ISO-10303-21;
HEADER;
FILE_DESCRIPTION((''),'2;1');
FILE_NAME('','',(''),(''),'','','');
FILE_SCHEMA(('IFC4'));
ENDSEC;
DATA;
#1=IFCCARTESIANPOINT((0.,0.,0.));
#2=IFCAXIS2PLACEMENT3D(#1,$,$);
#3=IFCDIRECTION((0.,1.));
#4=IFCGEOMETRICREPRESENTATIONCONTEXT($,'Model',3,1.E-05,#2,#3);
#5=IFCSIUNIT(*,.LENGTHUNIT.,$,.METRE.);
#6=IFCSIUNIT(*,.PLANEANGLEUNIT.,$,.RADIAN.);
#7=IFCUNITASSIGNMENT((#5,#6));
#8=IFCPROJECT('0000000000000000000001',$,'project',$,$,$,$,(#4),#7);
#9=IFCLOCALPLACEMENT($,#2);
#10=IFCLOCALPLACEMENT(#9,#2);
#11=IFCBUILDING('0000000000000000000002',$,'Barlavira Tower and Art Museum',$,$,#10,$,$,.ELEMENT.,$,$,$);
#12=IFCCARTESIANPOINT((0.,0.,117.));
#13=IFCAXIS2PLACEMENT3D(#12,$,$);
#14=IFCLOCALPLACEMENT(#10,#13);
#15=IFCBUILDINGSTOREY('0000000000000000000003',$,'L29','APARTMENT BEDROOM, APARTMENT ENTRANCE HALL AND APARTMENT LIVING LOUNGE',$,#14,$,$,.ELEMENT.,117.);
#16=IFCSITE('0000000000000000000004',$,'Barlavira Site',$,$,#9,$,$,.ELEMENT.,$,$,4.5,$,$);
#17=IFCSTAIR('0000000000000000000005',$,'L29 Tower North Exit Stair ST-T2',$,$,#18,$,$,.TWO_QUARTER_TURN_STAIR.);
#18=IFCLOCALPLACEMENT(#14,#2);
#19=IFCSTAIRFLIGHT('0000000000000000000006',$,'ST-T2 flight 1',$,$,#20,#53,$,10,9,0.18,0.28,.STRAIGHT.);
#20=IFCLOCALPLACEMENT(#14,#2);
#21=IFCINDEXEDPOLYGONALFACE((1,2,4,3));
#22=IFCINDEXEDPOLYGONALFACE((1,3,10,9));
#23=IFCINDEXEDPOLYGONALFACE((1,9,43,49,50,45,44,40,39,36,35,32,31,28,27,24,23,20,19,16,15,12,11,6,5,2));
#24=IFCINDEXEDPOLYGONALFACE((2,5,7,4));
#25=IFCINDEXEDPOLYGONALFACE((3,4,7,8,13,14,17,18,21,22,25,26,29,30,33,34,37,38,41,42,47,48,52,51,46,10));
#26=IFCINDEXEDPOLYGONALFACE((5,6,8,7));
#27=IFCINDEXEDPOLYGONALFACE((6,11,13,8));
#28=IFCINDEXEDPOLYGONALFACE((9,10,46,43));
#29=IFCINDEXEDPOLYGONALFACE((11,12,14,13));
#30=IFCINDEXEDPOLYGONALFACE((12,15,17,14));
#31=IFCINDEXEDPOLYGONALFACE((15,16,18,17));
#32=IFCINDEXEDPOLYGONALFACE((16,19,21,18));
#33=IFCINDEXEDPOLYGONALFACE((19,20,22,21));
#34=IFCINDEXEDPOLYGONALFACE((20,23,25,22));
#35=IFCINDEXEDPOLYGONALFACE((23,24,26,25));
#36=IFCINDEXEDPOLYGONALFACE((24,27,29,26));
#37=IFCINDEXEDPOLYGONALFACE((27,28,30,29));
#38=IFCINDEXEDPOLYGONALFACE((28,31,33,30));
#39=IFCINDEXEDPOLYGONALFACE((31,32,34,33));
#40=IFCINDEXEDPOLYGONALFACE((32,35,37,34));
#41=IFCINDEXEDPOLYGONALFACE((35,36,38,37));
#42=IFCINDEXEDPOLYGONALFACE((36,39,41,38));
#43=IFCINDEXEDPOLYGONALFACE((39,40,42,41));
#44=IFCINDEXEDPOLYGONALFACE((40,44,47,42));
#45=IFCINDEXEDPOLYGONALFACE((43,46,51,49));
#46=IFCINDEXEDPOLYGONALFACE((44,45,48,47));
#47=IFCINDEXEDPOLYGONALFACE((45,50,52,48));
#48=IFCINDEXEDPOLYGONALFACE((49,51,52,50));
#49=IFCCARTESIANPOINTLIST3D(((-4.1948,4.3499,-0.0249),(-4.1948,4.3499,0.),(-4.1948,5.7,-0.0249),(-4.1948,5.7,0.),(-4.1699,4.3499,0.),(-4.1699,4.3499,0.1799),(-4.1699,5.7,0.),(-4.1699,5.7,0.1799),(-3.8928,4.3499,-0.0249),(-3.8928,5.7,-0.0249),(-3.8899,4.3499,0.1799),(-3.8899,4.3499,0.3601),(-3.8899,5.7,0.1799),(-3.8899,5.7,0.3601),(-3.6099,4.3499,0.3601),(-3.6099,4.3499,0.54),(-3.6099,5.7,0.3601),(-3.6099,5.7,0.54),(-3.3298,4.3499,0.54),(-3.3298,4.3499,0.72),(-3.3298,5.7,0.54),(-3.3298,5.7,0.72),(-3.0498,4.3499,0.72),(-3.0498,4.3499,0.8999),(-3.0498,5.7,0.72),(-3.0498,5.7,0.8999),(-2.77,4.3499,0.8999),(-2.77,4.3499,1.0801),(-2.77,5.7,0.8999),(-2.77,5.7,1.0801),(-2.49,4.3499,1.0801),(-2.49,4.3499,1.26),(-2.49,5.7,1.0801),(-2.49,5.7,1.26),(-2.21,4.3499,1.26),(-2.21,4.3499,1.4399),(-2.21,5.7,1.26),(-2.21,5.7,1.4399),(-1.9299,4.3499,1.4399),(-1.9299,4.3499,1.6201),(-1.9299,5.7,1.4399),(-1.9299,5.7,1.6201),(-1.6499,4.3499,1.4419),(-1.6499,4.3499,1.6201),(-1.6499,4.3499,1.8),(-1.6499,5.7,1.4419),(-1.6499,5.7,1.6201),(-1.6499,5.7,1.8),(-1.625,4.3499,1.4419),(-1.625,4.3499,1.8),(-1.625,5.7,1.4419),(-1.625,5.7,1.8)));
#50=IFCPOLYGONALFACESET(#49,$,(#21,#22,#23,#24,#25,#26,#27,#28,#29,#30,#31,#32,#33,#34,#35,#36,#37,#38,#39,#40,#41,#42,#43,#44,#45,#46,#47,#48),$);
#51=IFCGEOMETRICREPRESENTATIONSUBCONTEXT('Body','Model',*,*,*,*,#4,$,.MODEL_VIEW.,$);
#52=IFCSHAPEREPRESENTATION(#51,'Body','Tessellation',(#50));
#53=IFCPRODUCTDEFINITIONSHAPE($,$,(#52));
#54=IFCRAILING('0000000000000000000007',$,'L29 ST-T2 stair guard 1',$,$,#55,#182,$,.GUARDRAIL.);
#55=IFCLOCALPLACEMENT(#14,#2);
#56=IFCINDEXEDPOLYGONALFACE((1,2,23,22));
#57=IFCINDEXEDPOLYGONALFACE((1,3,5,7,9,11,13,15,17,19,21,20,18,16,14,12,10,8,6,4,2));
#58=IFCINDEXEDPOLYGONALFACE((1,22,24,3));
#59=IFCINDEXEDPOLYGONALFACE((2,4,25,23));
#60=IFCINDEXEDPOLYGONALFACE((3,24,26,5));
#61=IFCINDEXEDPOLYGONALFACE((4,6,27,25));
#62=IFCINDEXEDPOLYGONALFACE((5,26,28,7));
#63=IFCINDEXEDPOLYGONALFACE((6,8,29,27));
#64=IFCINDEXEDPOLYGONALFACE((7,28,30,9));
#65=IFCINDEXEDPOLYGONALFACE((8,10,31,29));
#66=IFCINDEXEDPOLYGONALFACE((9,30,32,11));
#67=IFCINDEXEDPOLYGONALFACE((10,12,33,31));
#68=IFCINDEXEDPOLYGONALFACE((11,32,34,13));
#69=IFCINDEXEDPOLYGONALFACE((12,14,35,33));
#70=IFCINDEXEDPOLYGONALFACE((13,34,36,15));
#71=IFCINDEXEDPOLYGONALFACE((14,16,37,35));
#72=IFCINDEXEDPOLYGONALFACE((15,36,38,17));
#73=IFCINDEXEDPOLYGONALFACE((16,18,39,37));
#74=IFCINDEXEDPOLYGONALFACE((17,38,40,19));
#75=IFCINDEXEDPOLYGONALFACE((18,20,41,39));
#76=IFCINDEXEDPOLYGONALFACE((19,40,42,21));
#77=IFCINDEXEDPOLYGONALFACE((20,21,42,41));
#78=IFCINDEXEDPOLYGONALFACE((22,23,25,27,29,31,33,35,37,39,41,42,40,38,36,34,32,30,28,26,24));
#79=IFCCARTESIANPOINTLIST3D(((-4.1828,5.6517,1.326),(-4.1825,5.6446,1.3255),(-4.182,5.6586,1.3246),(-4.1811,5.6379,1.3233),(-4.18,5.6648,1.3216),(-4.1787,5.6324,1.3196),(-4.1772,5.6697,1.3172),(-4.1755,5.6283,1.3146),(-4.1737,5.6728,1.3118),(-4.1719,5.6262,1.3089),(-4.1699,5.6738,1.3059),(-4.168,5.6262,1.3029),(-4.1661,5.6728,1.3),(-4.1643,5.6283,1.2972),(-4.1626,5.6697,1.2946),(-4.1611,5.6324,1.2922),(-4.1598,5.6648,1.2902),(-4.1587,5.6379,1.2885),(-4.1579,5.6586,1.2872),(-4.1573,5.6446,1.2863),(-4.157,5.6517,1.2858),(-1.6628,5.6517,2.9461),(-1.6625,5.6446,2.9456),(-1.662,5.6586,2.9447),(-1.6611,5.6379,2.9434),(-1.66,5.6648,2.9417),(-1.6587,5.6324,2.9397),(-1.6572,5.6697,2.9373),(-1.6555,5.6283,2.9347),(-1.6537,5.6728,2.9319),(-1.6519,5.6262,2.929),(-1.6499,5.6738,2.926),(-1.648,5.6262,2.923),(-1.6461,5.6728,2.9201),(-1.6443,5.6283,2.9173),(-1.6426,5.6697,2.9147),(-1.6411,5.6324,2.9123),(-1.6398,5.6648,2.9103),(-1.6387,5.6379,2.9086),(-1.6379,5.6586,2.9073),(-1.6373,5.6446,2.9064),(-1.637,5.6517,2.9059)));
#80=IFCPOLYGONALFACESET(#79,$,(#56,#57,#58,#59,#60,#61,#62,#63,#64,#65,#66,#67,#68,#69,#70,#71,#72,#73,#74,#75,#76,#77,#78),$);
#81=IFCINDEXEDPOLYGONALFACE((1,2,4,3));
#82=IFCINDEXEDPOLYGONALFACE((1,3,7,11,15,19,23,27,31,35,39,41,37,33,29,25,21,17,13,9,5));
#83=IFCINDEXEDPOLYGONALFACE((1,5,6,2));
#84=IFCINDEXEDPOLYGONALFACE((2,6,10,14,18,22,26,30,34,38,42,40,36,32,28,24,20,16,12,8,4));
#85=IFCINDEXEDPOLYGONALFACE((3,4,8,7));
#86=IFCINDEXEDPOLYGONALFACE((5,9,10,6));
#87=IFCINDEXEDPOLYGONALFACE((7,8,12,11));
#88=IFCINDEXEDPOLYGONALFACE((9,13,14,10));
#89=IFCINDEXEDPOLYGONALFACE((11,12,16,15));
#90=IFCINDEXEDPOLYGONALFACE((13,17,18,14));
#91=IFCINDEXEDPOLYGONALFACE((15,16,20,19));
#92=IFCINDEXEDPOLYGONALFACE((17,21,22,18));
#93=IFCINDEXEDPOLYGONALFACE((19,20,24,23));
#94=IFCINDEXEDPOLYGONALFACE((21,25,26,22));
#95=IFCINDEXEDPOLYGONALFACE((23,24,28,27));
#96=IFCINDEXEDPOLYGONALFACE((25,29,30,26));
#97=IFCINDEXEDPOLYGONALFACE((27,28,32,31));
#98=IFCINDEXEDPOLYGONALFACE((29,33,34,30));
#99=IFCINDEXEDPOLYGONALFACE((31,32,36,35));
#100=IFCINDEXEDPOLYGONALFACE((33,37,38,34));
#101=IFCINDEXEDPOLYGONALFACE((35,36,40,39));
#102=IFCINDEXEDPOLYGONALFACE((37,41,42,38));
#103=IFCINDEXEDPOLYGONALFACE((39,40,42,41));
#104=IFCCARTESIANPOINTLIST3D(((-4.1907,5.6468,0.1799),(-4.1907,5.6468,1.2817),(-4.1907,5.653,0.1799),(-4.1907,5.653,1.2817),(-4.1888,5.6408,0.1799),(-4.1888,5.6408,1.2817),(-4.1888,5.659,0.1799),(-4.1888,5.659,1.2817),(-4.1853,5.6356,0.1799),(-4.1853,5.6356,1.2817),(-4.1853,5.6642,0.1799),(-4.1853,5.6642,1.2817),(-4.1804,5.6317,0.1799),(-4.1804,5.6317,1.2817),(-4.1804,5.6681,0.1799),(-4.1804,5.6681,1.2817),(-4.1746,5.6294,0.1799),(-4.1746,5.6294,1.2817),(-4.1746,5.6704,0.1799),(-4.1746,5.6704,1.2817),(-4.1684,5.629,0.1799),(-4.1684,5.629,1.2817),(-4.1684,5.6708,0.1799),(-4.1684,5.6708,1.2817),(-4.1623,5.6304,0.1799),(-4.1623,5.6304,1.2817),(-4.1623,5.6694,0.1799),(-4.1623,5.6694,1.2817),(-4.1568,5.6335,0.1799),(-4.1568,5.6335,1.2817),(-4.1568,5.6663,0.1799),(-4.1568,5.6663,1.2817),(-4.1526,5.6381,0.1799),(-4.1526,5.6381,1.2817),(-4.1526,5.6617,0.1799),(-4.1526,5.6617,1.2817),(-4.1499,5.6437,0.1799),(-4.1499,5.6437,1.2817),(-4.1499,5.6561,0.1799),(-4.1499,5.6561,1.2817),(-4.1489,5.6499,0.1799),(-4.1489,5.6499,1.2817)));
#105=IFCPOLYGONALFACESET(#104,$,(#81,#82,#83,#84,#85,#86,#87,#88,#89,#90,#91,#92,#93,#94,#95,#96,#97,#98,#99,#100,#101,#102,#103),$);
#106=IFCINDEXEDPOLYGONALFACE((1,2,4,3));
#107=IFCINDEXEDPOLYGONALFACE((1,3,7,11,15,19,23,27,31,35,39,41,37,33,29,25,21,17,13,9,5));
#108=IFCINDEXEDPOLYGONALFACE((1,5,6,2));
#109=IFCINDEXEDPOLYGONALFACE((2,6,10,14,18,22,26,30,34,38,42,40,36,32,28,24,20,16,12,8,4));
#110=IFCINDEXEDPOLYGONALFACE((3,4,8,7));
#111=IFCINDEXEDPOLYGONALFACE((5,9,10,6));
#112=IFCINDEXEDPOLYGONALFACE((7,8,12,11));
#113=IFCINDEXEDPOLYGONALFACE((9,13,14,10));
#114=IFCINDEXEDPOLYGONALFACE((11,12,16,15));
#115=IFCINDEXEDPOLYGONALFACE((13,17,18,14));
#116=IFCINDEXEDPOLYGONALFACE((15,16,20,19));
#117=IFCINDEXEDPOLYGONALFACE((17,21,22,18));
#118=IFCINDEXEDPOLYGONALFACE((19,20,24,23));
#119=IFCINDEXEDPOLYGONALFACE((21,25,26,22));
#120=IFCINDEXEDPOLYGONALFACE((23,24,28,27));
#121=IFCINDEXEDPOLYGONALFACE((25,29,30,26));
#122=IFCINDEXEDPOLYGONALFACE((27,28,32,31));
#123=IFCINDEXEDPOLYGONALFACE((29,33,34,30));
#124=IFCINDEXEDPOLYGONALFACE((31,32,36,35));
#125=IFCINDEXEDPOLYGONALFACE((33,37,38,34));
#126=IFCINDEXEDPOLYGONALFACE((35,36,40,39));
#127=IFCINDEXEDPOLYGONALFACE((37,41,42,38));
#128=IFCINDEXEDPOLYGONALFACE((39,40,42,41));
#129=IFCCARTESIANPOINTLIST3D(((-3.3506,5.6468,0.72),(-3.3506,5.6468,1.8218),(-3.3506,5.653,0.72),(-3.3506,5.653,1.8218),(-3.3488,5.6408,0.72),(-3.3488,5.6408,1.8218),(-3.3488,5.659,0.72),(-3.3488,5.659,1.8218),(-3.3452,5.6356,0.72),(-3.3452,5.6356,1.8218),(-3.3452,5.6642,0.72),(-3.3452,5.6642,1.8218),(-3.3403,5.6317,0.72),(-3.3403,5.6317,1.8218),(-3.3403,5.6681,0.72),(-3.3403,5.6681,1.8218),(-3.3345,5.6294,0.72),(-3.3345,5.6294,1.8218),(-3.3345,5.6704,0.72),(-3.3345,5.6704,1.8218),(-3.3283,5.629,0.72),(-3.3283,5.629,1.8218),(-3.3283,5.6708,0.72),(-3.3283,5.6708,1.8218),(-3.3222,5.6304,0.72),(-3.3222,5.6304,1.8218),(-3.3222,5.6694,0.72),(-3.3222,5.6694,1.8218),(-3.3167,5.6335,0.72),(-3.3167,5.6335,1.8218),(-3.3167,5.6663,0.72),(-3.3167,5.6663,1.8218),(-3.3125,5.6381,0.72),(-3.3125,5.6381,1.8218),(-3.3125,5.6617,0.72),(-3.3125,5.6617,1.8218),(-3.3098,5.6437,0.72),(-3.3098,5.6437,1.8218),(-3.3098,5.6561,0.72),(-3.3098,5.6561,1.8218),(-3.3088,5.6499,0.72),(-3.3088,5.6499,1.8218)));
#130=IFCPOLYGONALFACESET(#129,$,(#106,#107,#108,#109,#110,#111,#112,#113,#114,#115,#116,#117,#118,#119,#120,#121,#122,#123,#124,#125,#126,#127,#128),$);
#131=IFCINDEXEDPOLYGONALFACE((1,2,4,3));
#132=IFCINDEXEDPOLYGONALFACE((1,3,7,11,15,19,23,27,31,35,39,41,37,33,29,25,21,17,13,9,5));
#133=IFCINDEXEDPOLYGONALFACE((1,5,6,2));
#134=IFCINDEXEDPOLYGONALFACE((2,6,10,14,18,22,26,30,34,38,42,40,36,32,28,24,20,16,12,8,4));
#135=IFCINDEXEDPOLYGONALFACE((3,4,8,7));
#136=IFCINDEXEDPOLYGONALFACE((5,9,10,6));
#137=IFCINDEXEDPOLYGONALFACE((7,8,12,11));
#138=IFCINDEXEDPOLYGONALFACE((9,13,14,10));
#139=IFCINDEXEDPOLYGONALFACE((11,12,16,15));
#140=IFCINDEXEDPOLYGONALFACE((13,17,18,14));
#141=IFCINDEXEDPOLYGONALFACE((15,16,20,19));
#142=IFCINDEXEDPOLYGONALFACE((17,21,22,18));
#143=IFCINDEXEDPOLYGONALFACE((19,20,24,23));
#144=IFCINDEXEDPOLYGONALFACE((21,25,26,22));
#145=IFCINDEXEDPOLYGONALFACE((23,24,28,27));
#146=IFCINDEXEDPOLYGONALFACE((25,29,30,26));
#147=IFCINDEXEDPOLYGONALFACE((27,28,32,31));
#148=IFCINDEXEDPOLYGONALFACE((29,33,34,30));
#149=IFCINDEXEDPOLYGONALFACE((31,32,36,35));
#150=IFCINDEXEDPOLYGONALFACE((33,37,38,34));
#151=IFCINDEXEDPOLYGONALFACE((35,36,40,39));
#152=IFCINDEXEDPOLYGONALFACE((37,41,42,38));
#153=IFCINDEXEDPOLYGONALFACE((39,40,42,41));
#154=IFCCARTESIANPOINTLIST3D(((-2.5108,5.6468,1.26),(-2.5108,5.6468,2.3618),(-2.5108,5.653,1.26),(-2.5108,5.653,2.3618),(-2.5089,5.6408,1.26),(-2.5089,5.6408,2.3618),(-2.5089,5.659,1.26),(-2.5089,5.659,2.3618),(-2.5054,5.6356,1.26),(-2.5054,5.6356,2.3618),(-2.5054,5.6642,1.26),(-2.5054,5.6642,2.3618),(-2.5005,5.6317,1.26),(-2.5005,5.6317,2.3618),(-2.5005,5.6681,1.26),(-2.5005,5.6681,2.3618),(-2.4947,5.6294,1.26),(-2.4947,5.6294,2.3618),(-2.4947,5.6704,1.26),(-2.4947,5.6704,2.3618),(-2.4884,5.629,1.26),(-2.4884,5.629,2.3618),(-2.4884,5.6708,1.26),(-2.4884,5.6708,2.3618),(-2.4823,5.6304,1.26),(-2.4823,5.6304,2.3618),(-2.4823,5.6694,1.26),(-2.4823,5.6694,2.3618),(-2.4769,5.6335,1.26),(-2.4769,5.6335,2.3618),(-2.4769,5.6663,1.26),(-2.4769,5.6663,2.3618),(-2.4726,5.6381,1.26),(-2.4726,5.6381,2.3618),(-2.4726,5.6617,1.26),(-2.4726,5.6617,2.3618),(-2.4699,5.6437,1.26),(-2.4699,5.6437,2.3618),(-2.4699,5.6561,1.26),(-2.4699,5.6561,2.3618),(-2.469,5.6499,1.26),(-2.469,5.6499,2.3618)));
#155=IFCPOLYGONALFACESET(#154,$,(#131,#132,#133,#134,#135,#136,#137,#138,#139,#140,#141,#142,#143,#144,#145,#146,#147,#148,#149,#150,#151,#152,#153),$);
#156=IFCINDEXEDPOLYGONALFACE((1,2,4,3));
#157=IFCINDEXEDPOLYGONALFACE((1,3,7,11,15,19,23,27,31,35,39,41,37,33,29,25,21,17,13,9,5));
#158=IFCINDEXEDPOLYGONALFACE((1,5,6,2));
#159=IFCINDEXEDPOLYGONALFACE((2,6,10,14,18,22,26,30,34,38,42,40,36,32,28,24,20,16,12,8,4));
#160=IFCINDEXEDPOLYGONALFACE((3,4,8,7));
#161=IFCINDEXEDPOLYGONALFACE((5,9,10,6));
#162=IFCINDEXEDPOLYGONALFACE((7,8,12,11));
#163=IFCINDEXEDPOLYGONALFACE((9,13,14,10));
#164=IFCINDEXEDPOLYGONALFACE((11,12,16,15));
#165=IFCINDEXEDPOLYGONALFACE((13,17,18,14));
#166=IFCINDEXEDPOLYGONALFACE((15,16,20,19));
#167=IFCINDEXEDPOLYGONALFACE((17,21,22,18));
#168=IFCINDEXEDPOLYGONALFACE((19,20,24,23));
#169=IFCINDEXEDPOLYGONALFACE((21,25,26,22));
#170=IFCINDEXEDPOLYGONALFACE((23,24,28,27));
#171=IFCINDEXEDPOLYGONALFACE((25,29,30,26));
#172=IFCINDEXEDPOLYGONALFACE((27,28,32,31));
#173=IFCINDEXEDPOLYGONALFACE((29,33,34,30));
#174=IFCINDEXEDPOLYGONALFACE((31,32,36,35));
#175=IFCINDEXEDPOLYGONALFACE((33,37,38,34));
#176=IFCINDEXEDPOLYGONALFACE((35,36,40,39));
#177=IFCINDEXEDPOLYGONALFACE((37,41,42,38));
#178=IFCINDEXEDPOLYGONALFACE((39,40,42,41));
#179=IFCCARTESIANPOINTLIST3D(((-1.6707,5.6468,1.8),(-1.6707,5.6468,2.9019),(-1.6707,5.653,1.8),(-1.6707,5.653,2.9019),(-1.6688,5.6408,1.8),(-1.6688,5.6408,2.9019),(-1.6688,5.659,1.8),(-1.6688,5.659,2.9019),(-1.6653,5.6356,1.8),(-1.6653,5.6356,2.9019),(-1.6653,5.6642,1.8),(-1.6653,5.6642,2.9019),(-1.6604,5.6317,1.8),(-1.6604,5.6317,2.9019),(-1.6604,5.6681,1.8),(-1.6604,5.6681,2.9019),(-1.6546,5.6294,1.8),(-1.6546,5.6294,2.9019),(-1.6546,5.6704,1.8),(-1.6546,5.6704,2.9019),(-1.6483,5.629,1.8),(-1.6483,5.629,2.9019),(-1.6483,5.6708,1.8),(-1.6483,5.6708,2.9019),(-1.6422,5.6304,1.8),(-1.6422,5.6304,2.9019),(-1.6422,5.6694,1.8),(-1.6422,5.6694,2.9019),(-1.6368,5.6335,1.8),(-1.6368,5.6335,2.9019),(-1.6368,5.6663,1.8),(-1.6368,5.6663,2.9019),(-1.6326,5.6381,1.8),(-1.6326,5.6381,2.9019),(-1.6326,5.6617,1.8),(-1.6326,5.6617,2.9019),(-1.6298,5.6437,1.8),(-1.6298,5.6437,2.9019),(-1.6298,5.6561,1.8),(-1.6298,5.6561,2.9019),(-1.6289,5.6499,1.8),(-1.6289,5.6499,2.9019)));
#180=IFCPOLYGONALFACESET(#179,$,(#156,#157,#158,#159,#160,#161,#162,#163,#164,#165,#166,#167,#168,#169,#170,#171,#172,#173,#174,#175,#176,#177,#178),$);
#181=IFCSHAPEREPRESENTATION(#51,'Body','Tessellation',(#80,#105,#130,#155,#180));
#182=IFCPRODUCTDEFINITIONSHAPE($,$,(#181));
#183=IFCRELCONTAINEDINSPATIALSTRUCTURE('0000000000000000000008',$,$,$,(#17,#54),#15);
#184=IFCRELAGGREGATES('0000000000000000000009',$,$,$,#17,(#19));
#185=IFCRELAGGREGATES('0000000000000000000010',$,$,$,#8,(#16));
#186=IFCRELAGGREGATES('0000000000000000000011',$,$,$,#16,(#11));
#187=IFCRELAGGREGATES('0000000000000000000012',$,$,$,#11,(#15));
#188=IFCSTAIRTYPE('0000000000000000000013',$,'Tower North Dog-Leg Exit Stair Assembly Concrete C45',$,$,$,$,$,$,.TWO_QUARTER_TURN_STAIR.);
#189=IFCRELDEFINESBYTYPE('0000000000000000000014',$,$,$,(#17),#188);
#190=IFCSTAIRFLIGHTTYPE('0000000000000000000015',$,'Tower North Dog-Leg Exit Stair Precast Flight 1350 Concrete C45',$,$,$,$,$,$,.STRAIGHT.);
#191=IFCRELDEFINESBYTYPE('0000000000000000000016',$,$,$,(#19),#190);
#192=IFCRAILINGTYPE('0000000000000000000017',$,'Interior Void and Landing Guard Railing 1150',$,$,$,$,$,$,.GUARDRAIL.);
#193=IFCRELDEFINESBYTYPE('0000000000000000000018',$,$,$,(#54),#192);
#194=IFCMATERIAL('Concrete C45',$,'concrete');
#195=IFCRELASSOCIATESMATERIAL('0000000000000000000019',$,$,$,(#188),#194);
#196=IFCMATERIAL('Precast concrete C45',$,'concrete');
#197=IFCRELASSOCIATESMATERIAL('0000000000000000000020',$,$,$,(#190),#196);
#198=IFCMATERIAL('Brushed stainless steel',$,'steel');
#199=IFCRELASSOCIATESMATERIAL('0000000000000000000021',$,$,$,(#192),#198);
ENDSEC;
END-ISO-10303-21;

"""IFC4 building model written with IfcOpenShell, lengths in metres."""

from ifc_helpers import new_model, si_unit, direction, frame, origin, origin_2d, place, context, subcontext, project, spatial, polyline, circle, outline, extrude, material, type_object, element, aggregate, save


model = new_model("IFC4")

# Units and contexts
model_context = context("Model", 3, precision=1e-05, world=origin(), true_north=direction((0.0, 1.0)))
body_context = subcontext(model_context, "Body", "Model", "MODEL_VIEW")
ifc_project = project(units=[si_unit("LENGTHUNIT", "METRE"), si_unit("PLANEANGLEUNIT", "RADIAN")], contexts=[model_context])

# Site, building, storey
site_placement = place(None, origin())
site = spatial("IfcSite", under=ifc_project, at=site_placement, Name="Barlavira Site", CompositionType="ELEMENT", RefElevation=4.5)
building_placement = place(site_placement, origin())
building = spatial("IfcBuilding", under=site, at=building_placement, Name="Barlavira Tower and Art Museum", CompositionType="ELEMENT")
storey_placement = place(building_placement, frame((0.0, 0.0, 117.0)))
storey = spatial("IfcBuildingStorey", under=building, at=storey_placement, Name="L29", Description="APARTMENT BEDROOM, APARTMENT ENTRANCE HALL AND APARTMENT LIVING LOUNGE", CompositionType="ELEMENT", Elevation=117.0)

# Shared definitions
ifc_material_1 = material(Name="Brushed stainless steel", Category="steel")

# Stair, stair flight
ifc_material_2 = material(Name="Concrete C45", Category="concrete")
stair_type = type_object("IfcStairType", Name="Tower North Dog-Leg Exit Stair Assembly Concrete C45", PredefinedType="TWO_QUARTER_TURN_STAIR", material=ifc_material_2)
stair_placement = place(storey_placement, origin())
stair = element("IfcStair", 1, at=stair_placement, inside=storey, type_object=stair_type, Name="L29 Tower North Exit Stair ST-T2", PredefinedType="TWO_QUARTER_TURN_STAIR")
ifc_material_3 = material(Name="Precast concrete C45", Category="concrete")
stair_flight_type = type_object("IfcStairFlightType", Name="Tower North Dog-Leg Exit Stair Precast Flight 1350 Concrete C45", PredefinedType="STRAIGHT", material=ifc_material_3)
stair_flight_placement = place(storey_placement, frame((-4.1699, 5.0249, 0.0), z_axis=(0.0, 0.0, 1.0), x_axis=(1.0, 0.0, 0.0)))
stair_flight = element("IfcStairFlight", 2, at=stair_flight_placement, type_object=stair_flight_type, Name="ST-T2 flight 1", NumberOfRisers=10, NumberOfTreads=9, PredefinedType="STRAIGHT", RiserHeight=0.18, TreadLength=0.28, context=body_context, shape_type="SweptSolid", body=[
    extrude(outline(polyline([(-0.0249, 0.0), (0.0, 0.0), (0.0, 0.1799), (0.28, 0.1799), (0.28, 0.3601), (0.5601, 0.3601), (0.5601, 0.54), (0.8401, 0.54), (0.8401, 0.72), (1.1201, 0.72), (1.1201, 0.8999), (1.3999, 0.8999), (1.3999, 1.0801), (1.6799, 1.0801), (1.6799, 1.26), (1.96, 1.26), (1.96, 1.4399), (2.24, 1.4399), (2.24, 1.6201), (2.52, 1.6201), (2.52, 1.8), (2.5449, 1.8), (2.5449, 1.4419), (2.52, 1.4419), (0.2771, -0.0249), (-0.0249, -0.0249), (-0.0249, 0.0)])), frame((0.0, 0.675, 0.0), z_axis=(0.0, -1.0, 0.0), x_axis=(1.0, 0.0, 0.0)), (0.0, 0.0, 1.0), 1.3501),
])
aggregate(stair, [stair_flight])

# Railing
railing_type_1 = type_object("IfcRailingType", Name="Interior Void and Landing Guard Railing 1150", PredefinedType="GUARDRAIL", material=ifc_material_1)
railing_1_placement = place(storey_placement, frame((-4.1699, 5.6499, 0.1799)))
element("IfcRailing", 3, at=railing_1_placement, inside=storey, type_object=railing_type_1, Name="L29 ST-T2 stair guard 1", PredefinedType="GUARDRAIL", context=body_context, shape_type="SweptSolid", body=[
    extrude(circle(Radius=0.0239, at=origin_2d()), frame((0.0, 0.0, 1.126), z_axis=(0.841163, 0.0, 0.540782), x_axis=(0.0, 1.0, 0.0)), (0.0, 0.0, 1.0), 2.9958),
    extrude(circle(Radius=0.021, at=origin_2d()), origin(), (0.0, 0.0, 1.0), 1.1018),
    extrude(circle(Radius=0.021, at=origin_2d()), frame((0.8401, 0.0, 0.54)), (0.0, 0.0, 1.0), 1.1018),
    extrude(circle(Radius=0.021, at=origin_2d()), frame((1.6799, 0.0, 1.0801)), (0.0, 0.0, 1.0), 1.1018),
    extrude(circle(Radius=0.021, at=origin_2d()), frame((2.52, 0.0, 1.6201)), (0.0, 0.0, 1.0), 1.1018),
])

save(model, "model.ifc")
